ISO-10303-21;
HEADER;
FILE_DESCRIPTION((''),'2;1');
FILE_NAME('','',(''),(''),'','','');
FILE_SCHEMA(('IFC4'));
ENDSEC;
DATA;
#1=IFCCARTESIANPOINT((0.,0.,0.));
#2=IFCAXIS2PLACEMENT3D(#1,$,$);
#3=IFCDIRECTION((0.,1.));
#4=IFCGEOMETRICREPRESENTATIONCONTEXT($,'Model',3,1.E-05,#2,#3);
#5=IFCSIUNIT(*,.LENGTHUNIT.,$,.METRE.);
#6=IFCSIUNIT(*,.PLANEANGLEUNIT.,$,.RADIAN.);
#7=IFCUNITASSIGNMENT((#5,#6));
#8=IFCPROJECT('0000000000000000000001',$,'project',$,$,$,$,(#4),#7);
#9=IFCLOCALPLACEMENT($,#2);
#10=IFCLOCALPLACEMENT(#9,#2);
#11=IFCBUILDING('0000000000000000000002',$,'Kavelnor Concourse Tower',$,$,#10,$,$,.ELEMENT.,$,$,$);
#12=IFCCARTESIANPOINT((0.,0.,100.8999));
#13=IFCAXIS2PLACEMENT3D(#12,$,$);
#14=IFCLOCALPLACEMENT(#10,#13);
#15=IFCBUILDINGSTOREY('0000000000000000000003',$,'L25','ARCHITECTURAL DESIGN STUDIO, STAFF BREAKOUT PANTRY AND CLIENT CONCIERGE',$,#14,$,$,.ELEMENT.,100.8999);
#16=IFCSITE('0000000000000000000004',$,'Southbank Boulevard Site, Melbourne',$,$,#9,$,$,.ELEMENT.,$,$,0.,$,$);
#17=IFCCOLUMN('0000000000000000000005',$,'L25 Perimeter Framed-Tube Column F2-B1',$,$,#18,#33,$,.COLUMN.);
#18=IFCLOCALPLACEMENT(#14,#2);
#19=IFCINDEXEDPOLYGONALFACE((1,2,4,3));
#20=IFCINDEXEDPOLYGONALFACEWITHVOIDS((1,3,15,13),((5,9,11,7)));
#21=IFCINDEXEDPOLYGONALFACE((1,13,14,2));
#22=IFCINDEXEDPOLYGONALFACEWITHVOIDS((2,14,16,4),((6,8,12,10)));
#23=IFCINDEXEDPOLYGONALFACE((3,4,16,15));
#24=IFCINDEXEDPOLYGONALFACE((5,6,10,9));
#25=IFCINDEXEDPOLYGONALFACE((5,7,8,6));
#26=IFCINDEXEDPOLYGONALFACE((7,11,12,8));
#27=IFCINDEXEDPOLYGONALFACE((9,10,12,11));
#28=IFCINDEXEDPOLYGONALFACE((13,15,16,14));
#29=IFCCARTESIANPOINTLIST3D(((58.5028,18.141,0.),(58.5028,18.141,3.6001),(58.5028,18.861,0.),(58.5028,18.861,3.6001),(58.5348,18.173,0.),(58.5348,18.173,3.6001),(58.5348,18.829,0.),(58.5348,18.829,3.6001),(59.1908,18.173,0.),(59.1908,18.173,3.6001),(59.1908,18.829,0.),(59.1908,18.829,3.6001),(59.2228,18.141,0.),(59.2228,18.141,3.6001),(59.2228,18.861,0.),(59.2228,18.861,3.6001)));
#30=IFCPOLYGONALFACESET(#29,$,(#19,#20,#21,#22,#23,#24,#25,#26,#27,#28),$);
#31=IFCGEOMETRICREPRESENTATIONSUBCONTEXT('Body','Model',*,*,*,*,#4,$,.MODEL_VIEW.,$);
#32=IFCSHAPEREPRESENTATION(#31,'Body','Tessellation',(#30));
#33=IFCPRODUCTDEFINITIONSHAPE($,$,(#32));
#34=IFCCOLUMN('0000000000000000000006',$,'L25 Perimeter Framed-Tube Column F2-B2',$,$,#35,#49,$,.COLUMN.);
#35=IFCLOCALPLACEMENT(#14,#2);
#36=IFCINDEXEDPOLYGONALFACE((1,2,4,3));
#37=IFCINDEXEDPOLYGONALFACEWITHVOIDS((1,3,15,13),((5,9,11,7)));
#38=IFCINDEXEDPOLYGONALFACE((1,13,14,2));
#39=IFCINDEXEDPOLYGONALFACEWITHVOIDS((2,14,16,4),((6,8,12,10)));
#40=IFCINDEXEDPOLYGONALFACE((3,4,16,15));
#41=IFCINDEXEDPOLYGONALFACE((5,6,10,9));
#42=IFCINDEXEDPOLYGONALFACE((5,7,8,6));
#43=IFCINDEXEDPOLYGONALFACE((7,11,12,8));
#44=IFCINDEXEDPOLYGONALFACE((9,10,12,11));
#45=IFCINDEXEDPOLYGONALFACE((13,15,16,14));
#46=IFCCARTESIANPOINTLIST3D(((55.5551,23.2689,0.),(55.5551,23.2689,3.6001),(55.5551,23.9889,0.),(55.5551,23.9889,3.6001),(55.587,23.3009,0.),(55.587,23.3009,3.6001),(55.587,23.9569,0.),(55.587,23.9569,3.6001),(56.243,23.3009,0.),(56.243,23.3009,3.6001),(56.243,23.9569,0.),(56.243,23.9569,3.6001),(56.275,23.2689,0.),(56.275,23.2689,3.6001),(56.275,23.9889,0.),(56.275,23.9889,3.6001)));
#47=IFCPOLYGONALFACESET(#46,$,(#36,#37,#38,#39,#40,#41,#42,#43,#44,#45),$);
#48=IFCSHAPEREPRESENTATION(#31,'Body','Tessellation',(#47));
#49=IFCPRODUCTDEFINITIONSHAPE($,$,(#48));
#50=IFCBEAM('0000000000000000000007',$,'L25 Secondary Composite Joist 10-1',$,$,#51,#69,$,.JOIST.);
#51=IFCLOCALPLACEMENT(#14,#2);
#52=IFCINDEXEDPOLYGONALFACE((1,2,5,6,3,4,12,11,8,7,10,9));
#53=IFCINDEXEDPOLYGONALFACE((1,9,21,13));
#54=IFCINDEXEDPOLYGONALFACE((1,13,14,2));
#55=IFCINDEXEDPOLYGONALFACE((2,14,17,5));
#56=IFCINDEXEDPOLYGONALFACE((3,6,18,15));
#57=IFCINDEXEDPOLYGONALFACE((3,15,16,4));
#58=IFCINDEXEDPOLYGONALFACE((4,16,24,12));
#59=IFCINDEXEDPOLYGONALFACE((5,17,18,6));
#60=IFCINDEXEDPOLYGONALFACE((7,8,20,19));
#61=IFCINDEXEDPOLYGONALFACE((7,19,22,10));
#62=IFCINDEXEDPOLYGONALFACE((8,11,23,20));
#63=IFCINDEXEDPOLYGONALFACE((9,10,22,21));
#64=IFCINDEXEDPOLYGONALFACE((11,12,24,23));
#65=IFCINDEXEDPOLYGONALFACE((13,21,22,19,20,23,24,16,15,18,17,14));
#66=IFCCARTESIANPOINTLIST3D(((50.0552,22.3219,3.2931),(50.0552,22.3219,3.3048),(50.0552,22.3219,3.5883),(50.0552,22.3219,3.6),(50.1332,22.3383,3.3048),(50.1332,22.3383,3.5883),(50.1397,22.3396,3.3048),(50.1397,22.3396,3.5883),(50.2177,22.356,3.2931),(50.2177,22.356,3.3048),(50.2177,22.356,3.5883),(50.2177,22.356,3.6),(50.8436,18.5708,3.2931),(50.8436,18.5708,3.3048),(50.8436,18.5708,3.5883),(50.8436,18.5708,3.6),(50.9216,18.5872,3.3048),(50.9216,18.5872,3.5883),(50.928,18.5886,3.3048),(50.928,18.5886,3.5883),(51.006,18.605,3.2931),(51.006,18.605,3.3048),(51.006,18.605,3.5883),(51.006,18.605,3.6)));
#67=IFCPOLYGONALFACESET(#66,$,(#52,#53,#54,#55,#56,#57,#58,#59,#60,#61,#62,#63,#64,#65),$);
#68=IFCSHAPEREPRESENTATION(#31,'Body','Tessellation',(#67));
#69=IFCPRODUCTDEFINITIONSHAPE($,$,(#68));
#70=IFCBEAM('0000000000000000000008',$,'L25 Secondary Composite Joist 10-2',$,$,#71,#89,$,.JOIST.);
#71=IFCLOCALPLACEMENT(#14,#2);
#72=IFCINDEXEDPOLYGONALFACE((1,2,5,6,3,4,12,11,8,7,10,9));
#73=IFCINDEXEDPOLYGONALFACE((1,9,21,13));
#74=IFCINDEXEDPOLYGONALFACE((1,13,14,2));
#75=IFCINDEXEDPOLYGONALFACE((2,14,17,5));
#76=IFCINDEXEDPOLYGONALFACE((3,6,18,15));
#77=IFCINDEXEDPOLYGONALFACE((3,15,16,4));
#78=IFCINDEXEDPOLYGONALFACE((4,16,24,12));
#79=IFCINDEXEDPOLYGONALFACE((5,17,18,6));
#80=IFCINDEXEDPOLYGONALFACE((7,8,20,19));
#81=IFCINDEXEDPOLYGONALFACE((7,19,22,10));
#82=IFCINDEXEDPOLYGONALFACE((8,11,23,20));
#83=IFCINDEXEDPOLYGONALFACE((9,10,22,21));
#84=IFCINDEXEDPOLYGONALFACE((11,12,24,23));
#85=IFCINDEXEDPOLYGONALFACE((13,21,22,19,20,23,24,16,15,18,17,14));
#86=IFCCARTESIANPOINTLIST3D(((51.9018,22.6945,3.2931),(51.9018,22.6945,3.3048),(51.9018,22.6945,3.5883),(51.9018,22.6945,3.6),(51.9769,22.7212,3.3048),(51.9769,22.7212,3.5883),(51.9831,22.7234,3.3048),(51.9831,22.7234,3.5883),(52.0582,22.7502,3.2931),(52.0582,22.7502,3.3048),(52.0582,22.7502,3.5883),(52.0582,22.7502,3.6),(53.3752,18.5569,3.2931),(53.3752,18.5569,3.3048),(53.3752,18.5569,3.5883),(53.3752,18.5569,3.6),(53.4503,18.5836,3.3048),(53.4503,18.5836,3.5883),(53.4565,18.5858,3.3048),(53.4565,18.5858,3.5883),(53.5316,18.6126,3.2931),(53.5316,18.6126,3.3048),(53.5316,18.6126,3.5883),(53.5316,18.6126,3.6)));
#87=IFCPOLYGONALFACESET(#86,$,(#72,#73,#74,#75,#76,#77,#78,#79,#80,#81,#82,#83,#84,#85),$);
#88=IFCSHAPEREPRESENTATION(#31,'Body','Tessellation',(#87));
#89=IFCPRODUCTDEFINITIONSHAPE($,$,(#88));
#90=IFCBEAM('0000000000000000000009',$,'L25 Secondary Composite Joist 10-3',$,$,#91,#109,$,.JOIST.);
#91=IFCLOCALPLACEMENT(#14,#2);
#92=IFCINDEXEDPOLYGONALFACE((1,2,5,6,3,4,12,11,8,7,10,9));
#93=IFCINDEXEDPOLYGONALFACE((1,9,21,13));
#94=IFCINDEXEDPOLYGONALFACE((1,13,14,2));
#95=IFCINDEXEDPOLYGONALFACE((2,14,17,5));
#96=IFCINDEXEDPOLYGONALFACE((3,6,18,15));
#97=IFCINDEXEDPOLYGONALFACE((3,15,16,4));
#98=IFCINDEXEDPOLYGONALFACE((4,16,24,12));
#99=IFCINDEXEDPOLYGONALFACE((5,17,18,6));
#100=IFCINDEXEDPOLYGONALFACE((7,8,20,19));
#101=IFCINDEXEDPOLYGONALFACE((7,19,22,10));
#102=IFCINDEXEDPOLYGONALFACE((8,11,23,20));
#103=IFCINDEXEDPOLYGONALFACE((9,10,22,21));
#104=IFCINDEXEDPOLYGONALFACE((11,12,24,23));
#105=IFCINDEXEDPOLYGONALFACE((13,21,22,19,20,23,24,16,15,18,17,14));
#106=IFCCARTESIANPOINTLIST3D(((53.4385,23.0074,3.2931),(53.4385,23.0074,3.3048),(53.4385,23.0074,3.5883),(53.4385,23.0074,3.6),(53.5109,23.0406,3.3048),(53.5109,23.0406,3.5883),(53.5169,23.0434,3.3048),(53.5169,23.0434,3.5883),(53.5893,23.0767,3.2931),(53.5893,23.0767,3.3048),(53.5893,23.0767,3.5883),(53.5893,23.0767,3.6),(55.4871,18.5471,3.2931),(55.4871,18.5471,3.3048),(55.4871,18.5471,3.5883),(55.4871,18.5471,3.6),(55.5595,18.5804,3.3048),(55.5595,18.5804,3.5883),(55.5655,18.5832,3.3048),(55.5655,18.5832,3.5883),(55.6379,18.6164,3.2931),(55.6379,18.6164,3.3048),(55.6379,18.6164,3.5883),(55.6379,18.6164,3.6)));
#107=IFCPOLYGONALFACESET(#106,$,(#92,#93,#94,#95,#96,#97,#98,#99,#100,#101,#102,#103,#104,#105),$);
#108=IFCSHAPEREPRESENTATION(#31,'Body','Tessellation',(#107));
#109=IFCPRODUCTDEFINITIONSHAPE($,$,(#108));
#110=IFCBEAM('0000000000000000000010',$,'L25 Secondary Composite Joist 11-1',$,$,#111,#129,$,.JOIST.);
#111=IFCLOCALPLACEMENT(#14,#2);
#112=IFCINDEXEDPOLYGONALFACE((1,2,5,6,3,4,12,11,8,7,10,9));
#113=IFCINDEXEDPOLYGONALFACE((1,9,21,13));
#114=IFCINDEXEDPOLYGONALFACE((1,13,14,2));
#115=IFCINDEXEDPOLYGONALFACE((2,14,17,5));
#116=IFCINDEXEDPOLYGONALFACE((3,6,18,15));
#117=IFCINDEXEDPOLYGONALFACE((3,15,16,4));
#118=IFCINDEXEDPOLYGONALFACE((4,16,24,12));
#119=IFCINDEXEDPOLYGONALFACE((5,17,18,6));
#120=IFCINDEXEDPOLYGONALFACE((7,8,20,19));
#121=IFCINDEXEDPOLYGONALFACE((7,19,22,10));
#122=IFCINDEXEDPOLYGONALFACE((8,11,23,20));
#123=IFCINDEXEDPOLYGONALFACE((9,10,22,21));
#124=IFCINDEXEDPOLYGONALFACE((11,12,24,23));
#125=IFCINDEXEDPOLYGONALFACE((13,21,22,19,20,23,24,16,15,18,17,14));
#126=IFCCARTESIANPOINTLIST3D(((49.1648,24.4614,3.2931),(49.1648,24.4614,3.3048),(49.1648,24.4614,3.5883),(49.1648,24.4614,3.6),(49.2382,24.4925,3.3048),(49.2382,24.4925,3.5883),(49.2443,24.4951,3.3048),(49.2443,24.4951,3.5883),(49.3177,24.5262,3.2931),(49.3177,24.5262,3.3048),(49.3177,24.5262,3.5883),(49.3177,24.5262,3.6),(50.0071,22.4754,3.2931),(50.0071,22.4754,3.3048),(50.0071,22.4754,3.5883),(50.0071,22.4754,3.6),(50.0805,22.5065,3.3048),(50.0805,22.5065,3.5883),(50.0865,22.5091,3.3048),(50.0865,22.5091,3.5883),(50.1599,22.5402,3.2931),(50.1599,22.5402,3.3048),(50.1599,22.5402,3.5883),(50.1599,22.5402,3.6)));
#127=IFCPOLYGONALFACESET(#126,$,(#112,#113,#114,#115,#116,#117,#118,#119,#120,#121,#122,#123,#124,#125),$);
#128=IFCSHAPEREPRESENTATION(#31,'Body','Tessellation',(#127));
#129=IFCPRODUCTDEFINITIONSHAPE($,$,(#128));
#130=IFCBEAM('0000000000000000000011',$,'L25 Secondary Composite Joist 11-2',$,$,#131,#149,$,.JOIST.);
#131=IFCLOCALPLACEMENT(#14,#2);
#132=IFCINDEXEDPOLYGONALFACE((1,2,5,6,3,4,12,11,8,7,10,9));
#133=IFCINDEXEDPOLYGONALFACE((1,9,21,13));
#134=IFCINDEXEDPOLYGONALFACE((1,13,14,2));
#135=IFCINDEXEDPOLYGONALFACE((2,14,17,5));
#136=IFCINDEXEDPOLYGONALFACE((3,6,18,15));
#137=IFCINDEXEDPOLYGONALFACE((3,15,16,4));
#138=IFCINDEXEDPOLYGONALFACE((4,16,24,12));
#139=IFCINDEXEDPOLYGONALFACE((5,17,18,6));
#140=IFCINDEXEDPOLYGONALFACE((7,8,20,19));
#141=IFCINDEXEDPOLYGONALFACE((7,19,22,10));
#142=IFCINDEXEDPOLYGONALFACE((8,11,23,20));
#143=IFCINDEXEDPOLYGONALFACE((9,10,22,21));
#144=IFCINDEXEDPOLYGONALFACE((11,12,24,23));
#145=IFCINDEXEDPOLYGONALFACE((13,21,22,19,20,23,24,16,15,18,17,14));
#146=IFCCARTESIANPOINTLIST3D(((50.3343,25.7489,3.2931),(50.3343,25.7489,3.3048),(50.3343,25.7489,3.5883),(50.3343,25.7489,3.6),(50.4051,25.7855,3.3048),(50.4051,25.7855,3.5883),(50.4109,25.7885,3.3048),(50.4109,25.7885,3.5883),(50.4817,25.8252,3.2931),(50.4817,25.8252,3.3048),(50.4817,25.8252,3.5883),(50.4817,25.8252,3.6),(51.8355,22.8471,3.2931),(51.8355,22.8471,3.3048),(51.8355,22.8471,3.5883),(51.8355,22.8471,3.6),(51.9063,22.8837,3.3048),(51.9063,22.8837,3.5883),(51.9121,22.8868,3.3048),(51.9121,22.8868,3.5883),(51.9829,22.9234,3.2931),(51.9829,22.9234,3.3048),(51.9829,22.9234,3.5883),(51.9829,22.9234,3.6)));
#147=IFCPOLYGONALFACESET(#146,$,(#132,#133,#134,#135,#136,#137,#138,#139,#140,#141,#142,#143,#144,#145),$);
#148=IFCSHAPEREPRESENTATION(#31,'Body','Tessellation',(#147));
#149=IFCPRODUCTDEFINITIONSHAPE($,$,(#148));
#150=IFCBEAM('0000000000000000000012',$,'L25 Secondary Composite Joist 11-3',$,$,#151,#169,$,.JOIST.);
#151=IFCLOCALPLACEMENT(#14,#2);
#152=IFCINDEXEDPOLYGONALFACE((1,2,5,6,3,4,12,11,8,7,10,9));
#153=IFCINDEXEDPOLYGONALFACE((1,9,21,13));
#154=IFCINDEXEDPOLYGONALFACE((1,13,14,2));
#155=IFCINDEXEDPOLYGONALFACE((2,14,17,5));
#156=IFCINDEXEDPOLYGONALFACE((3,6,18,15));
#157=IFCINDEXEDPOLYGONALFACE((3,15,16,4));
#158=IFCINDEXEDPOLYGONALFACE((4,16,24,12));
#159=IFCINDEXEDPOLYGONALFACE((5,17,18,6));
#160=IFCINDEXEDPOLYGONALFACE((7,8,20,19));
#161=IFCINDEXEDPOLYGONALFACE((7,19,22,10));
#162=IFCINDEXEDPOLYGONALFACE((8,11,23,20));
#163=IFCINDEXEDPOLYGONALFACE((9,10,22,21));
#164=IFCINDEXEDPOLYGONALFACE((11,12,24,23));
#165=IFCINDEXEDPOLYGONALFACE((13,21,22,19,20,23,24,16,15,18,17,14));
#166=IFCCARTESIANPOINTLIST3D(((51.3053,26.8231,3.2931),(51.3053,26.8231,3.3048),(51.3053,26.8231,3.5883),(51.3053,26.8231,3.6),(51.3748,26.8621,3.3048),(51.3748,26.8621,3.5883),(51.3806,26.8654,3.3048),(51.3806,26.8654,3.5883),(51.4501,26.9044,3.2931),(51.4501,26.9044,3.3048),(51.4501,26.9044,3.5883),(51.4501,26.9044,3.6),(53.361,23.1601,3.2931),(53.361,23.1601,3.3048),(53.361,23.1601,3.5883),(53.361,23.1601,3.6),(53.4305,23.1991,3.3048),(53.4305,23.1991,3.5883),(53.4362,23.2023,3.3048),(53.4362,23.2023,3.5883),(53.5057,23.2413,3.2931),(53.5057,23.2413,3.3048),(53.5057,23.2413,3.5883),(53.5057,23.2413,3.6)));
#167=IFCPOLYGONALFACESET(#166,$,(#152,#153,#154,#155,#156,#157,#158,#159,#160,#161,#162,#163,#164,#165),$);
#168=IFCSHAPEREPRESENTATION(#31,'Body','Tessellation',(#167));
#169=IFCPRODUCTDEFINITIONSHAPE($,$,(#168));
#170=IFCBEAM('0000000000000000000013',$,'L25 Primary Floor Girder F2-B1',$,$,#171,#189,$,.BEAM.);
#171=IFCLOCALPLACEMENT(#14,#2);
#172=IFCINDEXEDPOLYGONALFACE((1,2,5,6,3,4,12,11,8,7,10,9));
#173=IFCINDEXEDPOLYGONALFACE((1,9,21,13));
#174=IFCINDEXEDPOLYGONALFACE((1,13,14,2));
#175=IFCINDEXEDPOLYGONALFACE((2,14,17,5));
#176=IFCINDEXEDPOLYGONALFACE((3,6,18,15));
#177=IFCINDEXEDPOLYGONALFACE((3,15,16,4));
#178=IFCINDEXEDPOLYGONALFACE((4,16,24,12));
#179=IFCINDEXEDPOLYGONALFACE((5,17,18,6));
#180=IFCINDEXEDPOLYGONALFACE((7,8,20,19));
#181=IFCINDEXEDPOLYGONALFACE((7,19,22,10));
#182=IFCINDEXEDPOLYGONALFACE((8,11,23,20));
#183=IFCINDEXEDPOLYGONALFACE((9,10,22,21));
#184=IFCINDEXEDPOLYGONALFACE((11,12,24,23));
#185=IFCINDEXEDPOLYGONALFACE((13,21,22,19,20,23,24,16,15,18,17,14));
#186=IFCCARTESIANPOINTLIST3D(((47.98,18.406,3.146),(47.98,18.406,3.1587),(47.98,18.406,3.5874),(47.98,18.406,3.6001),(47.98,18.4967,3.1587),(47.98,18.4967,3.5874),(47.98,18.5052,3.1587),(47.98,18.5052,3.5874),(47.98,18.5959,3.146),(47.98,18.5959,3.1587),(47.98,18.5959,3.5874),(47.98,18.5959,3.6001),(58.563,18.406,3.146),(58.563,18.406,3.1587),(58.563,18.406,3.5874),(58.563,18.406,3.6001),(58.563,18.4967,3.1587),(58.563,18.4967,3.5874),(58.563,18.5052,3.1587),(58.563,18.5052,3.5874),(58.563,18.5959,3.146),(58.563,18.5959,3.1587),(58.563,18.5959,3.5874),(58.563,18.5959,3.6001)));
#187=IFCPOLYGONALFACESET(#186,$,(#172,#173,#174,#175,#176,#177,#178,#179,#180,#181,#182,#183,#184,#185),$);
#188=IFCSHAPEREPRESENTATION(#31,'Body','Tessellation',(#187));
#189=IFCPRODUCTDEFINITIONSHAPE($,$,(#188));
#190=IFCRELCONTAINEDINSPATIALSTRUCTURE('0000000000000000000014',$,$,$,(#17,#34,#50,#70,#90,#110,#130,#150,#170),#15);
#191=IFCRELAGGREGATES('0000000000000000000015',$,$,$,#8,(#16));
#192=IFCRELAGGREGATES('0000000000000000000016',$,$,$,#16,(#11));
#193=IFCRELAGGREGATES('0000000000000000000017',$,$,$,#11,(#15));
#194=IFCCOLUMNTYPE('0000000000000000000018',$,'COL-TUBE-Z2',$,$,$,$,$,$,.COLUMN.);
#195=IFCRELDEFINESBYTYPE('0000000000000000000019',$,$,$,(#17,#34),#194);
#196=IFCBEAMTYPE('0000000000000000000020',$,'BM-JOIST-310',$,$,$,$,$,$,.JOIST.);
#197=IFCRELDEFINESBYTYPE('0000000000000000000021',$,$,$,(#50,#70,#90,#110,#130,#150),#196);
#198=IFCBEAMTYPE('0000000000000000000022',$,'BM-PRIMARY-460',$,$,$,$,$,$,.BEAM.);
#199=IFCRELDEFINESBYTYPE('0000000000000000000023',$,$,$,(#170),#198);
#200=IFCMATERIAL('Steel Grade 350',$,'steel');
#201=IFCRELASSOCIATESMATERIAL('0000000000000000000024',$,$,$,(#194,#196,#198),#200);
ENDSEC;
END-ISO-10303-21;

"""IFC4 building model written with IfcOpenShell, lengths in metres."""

from ifc_helpers import new_model, si_unit, direction, frame, origin, origin_2d, place, context, subcontext, project, spatial, hollow_rectangle, i_section, extrude, material, material_profile, profile_set, type_object, element, save


model = new_model("IFC4")

# Units and contexts
model_context = context("Model", 3, precision=1e-05, world=origin(), true_north=direction((0.0, 1.0)))
body_context = subcontext(model_context, "Body", "Model", "MODEL_VIEW")
ifc_project = project(units=[si_unit("LENGTHUNIT", "METRE"), si_unit("PLANEANGLEUNIT", "RADIAN")], contexts=[model_context])

# Site, building, storey
site_placement = place(None, origin())
site = spatial("IfcSite", under=ifc_project, at=site_placement, Name="Southbank Boulevard Site, Melbourne", CompositionType="ELEMENT", RefElevation=0.0)
building_placement = place(site_placement, origin())
building = spatial("IfcBuilding", under=site, at=building_placement, Name="Kavelnor Concourse Tower", CompositionType="ELEMENT")
storey_placement = place(building_placement, frame((0.0, 0.0, 100.8999)))
storey = spatial("IfcBuildingStorey", under=building, at=storey_placement, Name="L25", Description="ARCHITECTURAL DESIGN STUDIO, STAFF BREAKOUT PANTRY AND CLIENT CONCIERGE", CompositionType="ELEMENT", Elevation=100.8999)

# Columns
ifc_material_1 = material(Name="Steel Grade 350", Category="steel")
ifc_material_profile_1 = material_profile(ifc_material_1, hollow_rectangle(XDim=0.72, YDim=0.72, WallThickness=0.032, at=origin_2d()), Name="SHS 720x720x32")
ifc_profile_set_1 = profile_set([ifc_material_profile_1], Name="Steel Grade 350")
column_type = type_object("IfcColumnType", Name="COL-TUBE-Z2", PredefinedType="COLUMN", material=ifc_profile_set_1)
for number, where, z_axis, x_axis, name in (
    (1, (58.8628, 18.501, 0.0), (0.0, 0.0, 1.0), (1.0, 0.0, 0.0), "L25 Perimeter Framed-Tube Column F2-B1"),
    (2, (55.915, 23.6289, 0.0), (0.0, 0.0, 1.0), (1.0, 0.0, 0.0), "L25 Perimeter Framed-Tube Column F2-B2"),
):
    element("IfcColumn", number, at=place(storey_placement, frame(where, z_axis=z_axis, x_axis=x_axis)), inside=storey, type_object=column_type, Name=name, PredefinedType="COLUMN", context=body_context, shape_type="SweptSolid", body=[
        extrude(hollow_rectangle(XDim=0.72, YDim=0.72, WallThickness=0.032, at=origin_2d()), origin(), (0.0, 0.0, 1.0), 3.6001),
    ])

# Beams
ifc_material_profile_2 = material_profile(ifc_material_1, i_section(OverallWidth=0.166, OverallDepth=0.3069, WebThickness=0.0066, FlangeThickness=0.0117, at=origin_2d()), Name="310UB46")
ifc_profile_set_2 = profile_set([ifc_material_profile_2], Name="Steel Grade 350")
beam_type_1 = type_object("IfcBeamType", Name="BM-JOIST-310", PredefinedType="JOIST", material=ifc_profile_set_2)
beam_1_placement = place(storey_placement, frame((50.9248, 18.5879, 3.4465), z_axis=(-0.205673, 0.978621, 0.0), x_axis=(-0.978621, -0.205673, 0.0)))
element("IfcBeam", 3, at=beam_1_placement, inside=storey, type_object=beam_type_1, Name="L25 Secondary Composite Joist 10-1", PredefinedType="JOIST", context=body_context, shape_type="SweptSolid", body=[
    extrude(i_section(OverallWidth=0.166, OverallDepth=0.3069, WebThickness=0.0066, FlangeThickness=0.0117, at=origin_2d()), origin(), (0.0, 0.0, 1.0), 3.833),
])
beam_2_placement = place(storey_placement, frame((53.4534, 18.5847, 3.4465), z_axis=(-0.335456, 0.942056, 0.0), x_axis=(-0.942056, -0.335456, 0.0)))
element("IfcBeam", 4, at=beam_2_placement, inside=storey, type_object=beam_type_1, Name="L25 Secondary Composite Joist 10-2", PredefinedType="JOIST", context=body_context, shape_type="SweptSolid", body=[
    extrude(i_section(OverallWidth=0.166, OverallDepth=0.3069, WebThickness=0.0066, FlangeThickness=0.0117, at=origin_2d()), origin(), (0.0, 0.0, 1.0), 4.3921),
])
beam_3_placement = place(storey_placement, frame((55.5625, 18.5818, 3.4465), z_axis=(-0.417383, 0.908731, 0.0), x_axis=(-0.908731, -0.417383, 0.0)))
element("IfcBeam", 5, at=beam_3_placement, inside=storey, type_object=beam_type_1, Name="L25 Secondary Composite Joist 10-3", PredefinedType="JOIST", context=body_context, shape_type="SweptSolid", body=[
    extrude(i_section(OverallWidth=0.166, OverallDepth=0.3069, WebThickness=0.0066, FlangeThickness=0.0117, at=origin_2d()), origin(), (0.0, 0.0, 1.0), 4.9082),
])
beam_4_placement = place(storey_placement, frame((50.0835, 22.5078, 3.4465), z_axis=(-0.390434, 0.920631, 0.0), x_axis=(-0.920631, -0.390434, 0.0)))
element("IfcBeam", 6, at=beam_4_placement, inside=storey, type_object=beam_type_1, Name="L25 Secondary Composite Joist 11-1", PredefinedType="JOIST", context=body_context, shape_type="SweptSolid", body=[
    extrude(i_section(OverallWidth=0.166, OverallDepth=0.3069, WebThickness=0.0066, FlangeThickness=0.0117, at=origin_2d()), origin(), (0.0, 0.0, 1.0), 2.1572),
])
beam_5_placement = place(storey_placement, frame((51.9092, 22.8853, 3.4465), z_axis=(-0.459486, 0.888185, 0.0), x_axis=(-0.888185, -0.459486, 0.0)))
element("IfcBeam", 7, at=beam_5_placement, inside=storey, type_object=beam_type_1, Name="L25 Secondary Composite Joist 11-2", PredefinedType="JOIST", context=body_context, shape_type="SweptSolid", body=[
    extrude(i_section(OverallWidth=0.166, OverallDepth=0.3069, WebThickness=0.0066, FlangeThickness=0.0117, at=origin_2d()), origin(), (0.0, 0.0, 1.0), 3.2671),
])
beam_6_placement = place(storey_placement, frame((53.4333, 23.2007, 3.4465), z_axis=(-0.489389, 0.872066, 0.0), x_axis=(-0.872066, -0.489389, 0.0)))
element("IfcBeam", 8, at=beam_6_placement, inside=storey, type_object=beam_type_1, Name="L25 Secondary Composite Joist 11-3", PredefinedType="JOIST", context=body_context, shape_type="SweptSolid", body=[
    extrude(i_section(OverallWidth=0.166, OverallDepth=0.3069, WebThickness=0.0066, FlangeThickness=0.0117, at=origin_2d()), origin(), (0.0, 0.0, 1.0), 4.2004),
])
ifc_material_profile_3 = material_profile(ifc_material_1, i_section(OverallWidth=0.1899, OverallDepth=0.4541, WebThickness=0.0085, FlangeThickness=0.0127, at=origin_2d()), Name="460UB67")
ifc_profile_set_3 = profile_set([ifc_material_profile_3], Name="Steel Grade 350")
beam_type_2 = type_object("IfcBeamType", Name="BM-PRIMARY-460", PredefinedType="BEAM", material=ifc_profile_set_3)
beam_7_placement = place(storey_placement, frame((47.98, 18.501, 3.373), z_axis=(1.0, 0.0, 0.0), x_axis=(0.0, 1.0, 0.0)))
element("IfcBeam", 9, at=beam_7_placement, inside=storey, type_object=beam_type_2, Name="L25 Primary Floor Girder F2-B1", PredefinedType="BEAM", context=body_context, shape_type="SweptSolid", body=[
    extrude(i_section(OverallWidth=0.1899, OverallDepth=0.4541, WebThickness=0.0085, FlangeThickness=0.0127, at=origin_2d()), origin(), (0.0, 0.0, 1.0), 10.583),
])

save(model, "model.ifc")
